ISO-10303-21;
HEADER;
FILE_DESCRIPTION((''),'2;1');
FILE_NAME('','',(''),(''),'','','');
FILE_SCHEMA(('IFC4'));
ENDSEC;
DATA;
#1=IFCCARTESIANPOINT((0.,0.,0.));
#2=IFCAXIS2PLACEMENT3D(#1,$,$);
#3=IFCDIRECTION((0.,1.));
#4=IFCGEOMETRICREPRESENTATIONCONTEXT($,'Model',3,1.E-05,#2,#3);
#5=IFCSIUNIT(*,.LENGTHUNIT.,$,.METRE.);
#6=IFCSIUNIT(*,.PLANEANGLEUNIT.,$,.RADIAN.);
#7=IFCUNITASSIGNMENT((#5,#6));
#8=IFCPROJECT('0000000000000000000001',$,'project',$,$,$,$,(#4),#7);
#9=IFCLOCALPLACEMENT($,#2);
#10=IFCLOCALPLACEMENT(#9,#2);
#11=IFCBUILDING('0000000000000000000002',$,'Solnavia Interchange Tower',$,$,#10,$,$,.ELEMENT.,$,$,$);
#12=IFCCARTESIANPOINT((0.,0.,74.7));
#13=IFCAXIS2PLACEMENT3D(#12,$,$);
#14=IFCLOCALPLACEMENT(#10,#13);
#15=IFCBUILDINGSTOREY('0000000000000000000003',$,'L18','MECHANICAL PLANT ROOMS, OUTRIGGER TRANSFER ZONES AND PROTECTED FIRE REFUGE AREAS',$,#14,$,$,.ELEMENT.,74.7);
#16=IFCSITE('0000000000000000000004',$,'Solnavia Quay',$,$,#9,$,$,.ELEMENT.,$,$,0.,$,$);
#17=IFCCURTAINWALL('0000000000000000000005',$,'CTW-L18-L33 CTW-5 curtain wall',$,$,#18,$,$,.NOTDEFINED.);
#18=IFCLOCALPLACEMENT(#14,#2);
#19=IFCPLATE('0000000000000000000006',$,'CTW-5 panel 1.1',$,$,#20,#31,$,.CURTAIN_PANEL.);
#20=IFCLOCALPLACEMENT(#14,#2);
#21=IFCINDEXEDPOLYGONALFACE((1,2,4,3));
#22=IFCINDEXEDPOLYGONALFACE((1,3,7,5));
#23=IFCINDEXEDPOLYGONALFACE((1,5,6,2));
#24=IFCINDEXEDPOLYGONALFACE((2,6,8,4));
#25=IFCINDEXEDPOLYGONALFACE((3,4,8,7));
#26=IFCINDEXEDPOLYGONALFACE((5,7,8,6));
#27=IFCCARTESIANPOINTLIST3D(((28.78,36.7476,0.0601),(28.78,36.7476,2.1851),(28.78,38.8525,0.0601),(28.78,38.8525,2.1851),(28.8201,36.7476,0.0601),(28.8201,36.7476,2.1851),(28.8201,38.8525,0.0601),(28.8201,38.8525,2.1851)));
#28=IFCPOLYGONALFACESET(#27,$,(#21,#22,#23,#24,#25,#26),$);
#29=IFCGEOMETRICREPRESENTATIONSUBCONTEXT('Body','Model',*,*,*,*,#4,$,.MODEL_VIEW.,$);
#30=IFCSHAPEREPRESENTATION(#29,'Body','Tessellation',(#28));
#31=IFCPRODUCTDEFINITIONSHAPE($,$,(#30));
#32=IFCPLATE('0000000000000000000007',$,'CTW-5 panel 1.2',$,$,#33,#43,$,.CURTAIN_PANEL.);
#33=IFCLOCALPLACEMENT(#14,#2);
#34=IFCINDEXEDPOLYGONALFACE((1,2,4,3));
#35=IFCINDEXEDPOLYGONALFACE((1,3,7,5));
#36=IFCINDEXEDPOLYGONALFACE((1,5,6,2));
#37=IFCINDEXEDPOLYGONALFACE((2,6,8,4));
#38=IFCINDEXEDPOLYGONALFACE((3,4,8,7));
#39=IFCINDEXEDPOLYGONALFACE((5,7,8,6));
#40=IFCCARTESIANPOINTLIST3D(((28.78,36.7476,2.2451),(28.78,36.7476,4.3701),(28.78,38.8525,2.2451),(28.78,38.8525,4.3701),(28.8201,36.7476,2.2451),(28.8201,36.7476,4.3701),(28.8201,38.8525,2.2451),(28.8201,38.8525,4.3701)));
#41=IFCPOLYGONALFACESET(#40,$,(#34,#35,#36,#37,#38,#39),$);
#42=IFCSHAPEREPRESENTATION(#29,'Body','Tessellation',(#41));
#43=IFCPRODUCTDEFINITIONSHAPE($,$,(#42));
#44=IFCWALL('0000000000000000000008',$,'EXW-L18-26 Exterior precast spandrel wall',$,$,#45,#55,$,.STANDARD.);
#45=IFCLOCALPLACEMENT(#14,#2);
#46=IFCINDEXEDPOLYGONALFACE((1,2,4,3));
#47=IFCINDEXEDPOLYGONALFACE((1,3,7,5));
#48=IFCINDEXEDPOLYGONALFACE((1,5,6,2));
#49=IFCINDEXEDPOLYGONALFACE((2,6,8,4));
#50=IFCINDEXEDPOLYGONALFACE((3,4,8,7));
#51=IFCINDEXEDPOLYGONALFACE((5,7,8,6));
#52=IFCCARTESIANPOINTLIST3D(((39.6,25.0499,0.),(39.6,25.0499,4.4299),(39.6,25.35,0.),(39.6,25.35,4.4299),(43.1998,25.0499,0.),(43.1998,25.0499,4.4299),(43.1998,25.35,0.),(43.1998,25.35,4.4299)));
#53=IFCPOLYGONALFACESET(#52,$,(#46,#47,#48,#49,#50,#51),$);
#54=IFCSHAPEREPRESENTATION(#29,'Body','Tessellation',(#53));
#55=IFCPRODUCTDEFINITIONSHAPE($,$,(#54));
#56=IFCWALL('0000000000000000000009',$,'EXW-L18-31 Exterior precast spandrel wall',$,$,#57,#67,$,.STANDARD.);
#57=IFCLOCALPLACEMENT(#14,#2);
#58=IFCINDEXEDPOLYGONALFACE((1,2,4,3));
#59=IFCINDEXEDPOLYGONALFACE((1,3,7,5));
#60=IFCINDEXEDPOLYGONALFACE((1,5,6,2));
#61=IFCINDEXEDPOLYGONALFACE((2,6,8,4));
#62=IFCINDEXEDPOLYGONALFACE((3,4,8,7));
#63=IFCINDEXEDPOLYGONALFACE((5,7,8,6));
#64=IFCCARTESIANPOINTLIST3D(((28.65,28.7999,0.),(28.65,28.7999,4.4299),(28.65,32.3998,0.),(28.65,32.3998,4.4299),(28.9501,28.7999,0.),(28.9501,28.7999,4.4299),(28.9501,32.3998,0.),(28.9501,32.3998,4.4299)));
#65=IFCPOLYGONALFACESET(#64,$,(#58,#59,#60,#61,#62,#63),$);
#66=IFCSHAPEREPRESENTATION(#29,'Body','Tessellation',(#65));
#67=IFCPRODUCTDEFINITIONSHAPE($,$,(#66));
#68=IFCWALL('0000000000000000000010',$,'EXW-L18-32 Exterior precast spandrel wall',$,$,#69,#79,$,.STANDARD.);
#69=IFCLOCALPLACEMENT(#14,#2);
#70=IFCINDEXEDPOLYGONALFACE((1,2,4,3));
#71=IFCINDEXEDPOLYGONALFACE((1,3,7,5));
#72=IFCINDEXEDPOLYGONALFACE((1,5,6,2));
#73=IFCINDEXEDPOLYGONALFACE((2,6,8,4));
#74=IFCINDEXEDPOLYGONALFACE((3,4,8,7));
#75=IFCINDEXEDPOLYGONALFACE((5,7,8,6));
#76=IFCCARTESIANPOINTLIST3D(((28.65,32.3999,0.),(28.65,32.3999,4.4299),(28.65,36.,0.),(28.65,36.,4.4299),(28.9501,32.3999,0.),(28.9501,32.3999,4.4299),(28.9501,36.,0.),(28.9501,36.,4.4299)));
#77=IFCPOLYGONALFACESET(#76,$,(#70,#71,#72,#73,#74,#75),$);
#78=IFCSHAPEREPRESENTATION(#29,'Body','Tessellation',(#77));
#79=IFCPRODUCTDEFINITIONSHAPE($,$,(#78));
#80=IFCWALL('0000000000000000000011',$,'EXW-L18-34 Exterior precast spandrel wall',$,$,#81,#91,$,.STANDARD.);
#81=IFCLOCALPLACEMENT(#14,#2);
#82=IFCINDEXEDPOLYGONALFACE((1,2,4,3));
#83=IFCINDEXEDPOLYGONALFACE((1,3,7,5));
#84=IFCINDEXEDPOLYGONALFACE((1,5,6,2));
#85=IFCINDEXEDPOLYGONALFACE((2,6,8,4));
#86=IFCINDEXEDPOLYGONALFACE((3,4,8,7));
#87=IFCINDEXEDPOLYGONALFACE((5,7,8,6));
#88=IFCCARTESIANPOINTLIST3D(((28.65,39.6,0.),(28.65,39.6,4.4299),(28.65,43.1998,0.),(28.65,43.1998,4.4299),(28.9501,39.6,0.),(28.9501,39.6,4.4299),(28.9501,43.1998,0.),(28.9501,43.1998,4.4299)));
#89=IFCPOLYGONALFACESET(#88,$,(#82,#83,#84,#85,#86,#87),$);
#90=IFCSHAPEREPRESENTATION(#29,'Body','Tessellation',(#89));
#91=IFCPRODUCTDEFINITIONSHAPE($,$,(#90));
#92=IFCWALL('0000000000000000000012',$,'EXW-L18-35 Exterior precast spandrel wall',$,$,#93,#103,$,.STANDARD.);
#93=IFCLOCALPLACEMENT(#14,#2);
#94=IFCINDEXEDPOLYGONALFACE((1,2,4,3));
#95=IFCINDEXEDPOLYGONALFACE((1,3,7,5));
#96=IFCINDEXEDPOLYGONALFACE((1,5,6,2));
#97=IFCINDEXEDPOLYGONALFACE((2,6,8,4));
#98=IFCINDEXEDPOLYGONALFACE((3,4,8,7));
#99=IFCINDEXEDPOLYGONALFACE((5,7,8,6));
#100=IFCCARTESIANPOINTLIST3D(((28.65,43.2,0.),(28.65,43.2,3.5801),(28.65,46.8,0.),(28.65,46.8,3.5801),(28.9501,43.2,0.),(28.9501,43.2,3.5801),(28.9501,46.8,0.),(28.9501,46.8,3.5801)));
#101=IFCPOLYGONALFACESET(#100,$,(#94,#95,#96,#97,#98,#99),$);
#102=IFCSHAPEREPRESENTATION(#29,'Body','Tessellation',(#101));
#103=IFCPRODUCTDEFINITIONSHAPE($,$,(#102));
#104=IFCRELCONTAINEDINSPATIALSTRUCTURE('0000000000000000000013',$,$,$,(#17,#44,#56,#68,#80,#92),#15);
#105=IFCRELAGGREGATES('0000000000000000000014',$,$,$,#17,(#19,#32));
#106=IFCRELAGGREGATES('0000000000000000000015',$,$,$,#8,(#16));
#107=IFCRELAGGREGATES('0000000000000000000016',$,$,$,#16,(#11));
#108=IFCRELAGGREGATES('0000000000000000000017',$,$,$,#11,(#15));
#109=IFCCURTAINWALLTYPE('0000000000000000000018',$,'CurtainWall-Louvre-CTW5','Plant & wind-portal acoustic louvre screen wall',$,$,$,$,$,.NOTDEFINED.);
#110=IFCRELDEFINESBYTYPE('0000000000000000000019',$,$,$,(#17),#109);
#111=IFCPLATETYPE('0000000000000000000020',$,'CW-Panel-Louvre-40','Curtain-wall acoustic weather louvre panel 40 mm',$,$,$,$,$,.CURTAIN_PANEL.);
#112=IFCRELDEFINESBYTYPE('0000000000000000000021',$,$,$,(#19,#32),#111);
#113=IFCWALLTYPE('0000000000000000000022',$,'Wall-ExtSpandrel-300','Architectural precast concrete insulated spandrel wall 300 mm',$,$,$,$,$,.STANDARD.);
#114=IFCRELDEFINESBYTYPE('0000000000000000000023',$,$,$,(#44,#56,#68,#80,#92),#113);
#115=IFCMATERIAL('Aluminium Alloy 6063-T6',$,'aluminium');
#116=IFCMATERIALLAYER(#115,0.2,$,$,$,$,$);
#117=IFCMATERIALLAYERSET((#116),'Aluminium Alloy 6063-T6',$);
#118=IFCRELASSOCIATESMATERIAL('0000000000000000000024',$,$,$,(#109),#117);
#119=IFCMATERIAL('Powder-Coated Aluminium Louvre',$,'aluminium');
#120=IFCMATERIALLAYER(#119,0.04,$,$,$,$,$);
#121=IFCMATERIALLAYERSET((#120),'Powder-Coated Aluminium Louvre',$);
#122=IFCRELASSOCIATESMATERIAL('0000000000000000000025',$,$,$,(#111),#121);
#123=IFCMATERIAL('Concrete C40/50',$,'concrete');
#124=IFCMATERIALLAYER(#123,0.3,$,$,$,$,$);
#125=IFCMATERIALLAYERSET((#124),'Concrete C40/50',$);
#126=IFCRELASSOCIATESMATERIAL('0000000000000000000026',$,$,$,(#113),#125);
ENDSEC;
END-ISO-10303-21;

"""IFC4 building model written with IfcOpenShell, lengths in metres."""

from ifc_helpers import new_model, si_unit, direction, frame, frame_2d, origin, origin_2d, place, context, subcontext, project, spatial, rectangle, extrude, material, layer, layer_set, type_object, element, aggregate, save


model = new_model("IFC4")

# Units and contexts
model_context = context("Model", 3, precision=1e-05, world=origin(), true_north=direction((0.0, 1.0)))
body_context = subcontext(model_context, "Body", "Model", "MODEL_VIEW")
ifc_project = project(units=[si_unit("LENGTHUNIT", "METRE"), si_unit("PLANEANGLEUNIT", "RADIAN")], contexts=[model_context])

# Site, building, storey
site_placement = place(None, origin())
site = spatial("IfcSite", under=ifc_project, at=site_placement, Name="Solnavia Quay", CompositionType="ELEMENT", RefElevation=0.0)
building_placement = place(site_placement, origin())
building = spatial("IfcBuilding", under=site, at=building_placement, Name="Solnavia Interchange Tower", CompositionType="ELEMENT")
storey_placement = place(building_placement, frame((0.0, 0.0, 74.7)))
storey = spatial("IfcBuildingStorey", under=building, at=storey_placement, Name="L18", Description="MECHANICAL PLANT ROOMS, OUTRIGGER TRANSFER ZONES AND PROTECTED FIRE REFUGE AREAS", CompositionType="ELEMENT", Elevation=74.7)

# Shared definitions
ifc_material_1 = material(Name="Aluminium Alloy 6063-T6", Category="aluminium")
ifc_layer_1 = layer(ifc_material_1, 0.2)
ifc_layer_set_1 = layer_set([ifc_layer_1], Name="Aluminium Alloy 6063-T6")
curtain_wall_type = type_object("IfcCurtainWallType", Name="CurtainWall-Louvre-CTW5", Description="Plant & wind-portal acoustic louvre screen wall", PredefinedType="NOTDEFINED", material=ifc_layer_set_1)

# Curtain wall
curtain_wall_1_placement = place(storey_placement, origin())
curtain_wall_1 = element("IfcCurtainWall", 1, at=curtain_wall_1_placement, inside=storey, type_object=curtain_wall_type, Name="CTW-L18-L33 CTW-5 curtain wall", PredefinedType="NOTDEFINED")

# Plates
ifc_material_2 = material(Name="Powder-Coated Aluminium Louvre", Category="aluminium")
ifc_layer_2 = layer(ifc_material_2, 0.04)
ifc_layer_set_2 = layer_set([ifc_layer_2], Name="Powder-Coated Aluminium Louvre")
plate_type = type_object("IfcPlateType", Name="CW-Panel-Louvre-40", Description="Curtain-wall acoustic weather louvre panel 40 mm", PredefinedType="CURTAIN_PANEL", material=ifc_layer_set_2)
plate_1_placement = place(storey_placement, frame((28.8, 37.8, 0.0601), z_axis=(0.0, 0.0, 1.0), x_axis=(0.0, 1.0, 0.0)))
plate_1 = element("IfcPlate", 2, at=plate_1_placement, type_object=plate_type, Name="CTW-5 panel 1.1", PredefinedType="CURTAIN_PANEL", context=body_context, shape_type="SweptSolid", body=[
    extrude(rectangle(XDim=2.105, YDim=0.04, at=origin_2d()), origin(), (0.0, 0.0, 1.0), 2.125),
])
plate_2_placement = place(storey_placement, frame((28.8, 37.8, 2.2451), z_axis=(0.0, 0.0, 1.0), x_axis=(0.0, 1.0, 0.0)))
plate_2 = element("IfcPlate", 3, at=plate_2_placement, type_object=plate_type, Name="CTW-5 panel 1.2", PredefinedType="CURTAIN_PANEL", context=body_context, shape_type="SweptSolid", body=[
    extrude(rectangle(XDim=2.105, YDim=0.04, at=origin_2d()), origin(), (0.0, 0.0, 1.0), 2.125),
])
aggregate(curtain_wall_1, [plate_1, plate_2])

# Walls
ifc_material_3 = material(Name="Concrete C40/50", Category="concrete")
ifc_layer_3 = layer(ifc_material_3, 0.3)
ifc_layer_set_3 = layer_set([ifc_layer_3], Name="Concrete C40/50")
wall_type = type_object("IfcWallType", Name="Wall-ExtSpandrel-300", Description="Architectural precast concrete insulated spandrel wall 300 mm", PredefinedType="STANDARD", material=ifc_layer_set_3)
for number, where, z_axis, x_axis, name in (
    (4, (39.6001, 25.2, 0.0), (0.0, 0.0, 1.0), (1.0, 0.0, 0.0), "EXW-L18-26 Exterior precast spandrel wall"),
    (5, (28.8, 28.8, 0.0), (0.0, 0.0, 1.0), (0.0, 1.0, 0.0), "EXW-L18-31 Exterior precast spandrel wall"),
):
    element("IfcWall", number, at=place(storey_placement, frame(where, z_axis=z_axis, x_axis=x_axis)), inside=storey, type_object=wall_type, Name=name, PredefinedType="STANDARD", context=body_context, shape_type="SweptSolid", body=[
        extrude(rectangle(XDim=3.5999, YDim=0.3, at=frame_2d((1.7998, 0.0))), origin(), (0.0, 0.0, 1.0), 4.4299),
    ])
wall_1_placement = place(storey_placement, frame((28.8, 32.3999, 0.0), z_axis=(0.0, 0.0, 1.0), x_axis=(0.0, 1.0, 0.0)))
element("IfcWall", 6, at=wall_1_placement, inside=storey, type_object=wall_type, Name="EXW-L18-32 Exterior precast spandrel wall", PredefinedType="STANDARD", context=body_context, shape_type="SweptSolid", body=[
    extrude(rectangle(XDim=3.6001, YDim=0.3, at=frame_2d((1.8, 0.0))), origin(), (0.0, 0.0, 1.0), 4.4299),
])
wall_2_placement = place(storey_placement, frame((28.8, 39.6001, 0.0), z_axis=(0.0, 0.0, 1.0), x_axis=(0.0, 1.0, 0.0)))
element("IfcWall", 7, at=wall_2_placement, inside=storey, type_object=wall_type, Name="EXW-L18-34 Exterior precast spandrel wall", PredefinedType="STANDARD", context=body_context, shape_type="SweptSolid", body=[
    extrude(rectangle(XDim=3.5999, YDim=0.3, at=frame_2d((1.7998, 0.0))), origin(), (0.0, 0.0, 1.0), 4.4299),
])
wall_3_placement = place(storey_placement, frame((28.8, 43.2, 0.0), z_axis=(0.0, 0.0, 1.0), x_axis=(0.0, 1.0, 0.0)))
element("IfcWall", 8, at=wall_3_placement, inside=storey, type_object=wall_type, Name="EXW-L18-35 Exterior precast spandrel wall", PredefinedType="STANDARD", context=body_context, shape_type="SweptSolid", body=[
    extrude(rectangle(XDim=3.6001, YDim=0.3, at=frame_2d((1.8, 0.0))), origin(), (0.0, 0.0, 1.0), 3.5801),
])

save(model, "model.ifc")
